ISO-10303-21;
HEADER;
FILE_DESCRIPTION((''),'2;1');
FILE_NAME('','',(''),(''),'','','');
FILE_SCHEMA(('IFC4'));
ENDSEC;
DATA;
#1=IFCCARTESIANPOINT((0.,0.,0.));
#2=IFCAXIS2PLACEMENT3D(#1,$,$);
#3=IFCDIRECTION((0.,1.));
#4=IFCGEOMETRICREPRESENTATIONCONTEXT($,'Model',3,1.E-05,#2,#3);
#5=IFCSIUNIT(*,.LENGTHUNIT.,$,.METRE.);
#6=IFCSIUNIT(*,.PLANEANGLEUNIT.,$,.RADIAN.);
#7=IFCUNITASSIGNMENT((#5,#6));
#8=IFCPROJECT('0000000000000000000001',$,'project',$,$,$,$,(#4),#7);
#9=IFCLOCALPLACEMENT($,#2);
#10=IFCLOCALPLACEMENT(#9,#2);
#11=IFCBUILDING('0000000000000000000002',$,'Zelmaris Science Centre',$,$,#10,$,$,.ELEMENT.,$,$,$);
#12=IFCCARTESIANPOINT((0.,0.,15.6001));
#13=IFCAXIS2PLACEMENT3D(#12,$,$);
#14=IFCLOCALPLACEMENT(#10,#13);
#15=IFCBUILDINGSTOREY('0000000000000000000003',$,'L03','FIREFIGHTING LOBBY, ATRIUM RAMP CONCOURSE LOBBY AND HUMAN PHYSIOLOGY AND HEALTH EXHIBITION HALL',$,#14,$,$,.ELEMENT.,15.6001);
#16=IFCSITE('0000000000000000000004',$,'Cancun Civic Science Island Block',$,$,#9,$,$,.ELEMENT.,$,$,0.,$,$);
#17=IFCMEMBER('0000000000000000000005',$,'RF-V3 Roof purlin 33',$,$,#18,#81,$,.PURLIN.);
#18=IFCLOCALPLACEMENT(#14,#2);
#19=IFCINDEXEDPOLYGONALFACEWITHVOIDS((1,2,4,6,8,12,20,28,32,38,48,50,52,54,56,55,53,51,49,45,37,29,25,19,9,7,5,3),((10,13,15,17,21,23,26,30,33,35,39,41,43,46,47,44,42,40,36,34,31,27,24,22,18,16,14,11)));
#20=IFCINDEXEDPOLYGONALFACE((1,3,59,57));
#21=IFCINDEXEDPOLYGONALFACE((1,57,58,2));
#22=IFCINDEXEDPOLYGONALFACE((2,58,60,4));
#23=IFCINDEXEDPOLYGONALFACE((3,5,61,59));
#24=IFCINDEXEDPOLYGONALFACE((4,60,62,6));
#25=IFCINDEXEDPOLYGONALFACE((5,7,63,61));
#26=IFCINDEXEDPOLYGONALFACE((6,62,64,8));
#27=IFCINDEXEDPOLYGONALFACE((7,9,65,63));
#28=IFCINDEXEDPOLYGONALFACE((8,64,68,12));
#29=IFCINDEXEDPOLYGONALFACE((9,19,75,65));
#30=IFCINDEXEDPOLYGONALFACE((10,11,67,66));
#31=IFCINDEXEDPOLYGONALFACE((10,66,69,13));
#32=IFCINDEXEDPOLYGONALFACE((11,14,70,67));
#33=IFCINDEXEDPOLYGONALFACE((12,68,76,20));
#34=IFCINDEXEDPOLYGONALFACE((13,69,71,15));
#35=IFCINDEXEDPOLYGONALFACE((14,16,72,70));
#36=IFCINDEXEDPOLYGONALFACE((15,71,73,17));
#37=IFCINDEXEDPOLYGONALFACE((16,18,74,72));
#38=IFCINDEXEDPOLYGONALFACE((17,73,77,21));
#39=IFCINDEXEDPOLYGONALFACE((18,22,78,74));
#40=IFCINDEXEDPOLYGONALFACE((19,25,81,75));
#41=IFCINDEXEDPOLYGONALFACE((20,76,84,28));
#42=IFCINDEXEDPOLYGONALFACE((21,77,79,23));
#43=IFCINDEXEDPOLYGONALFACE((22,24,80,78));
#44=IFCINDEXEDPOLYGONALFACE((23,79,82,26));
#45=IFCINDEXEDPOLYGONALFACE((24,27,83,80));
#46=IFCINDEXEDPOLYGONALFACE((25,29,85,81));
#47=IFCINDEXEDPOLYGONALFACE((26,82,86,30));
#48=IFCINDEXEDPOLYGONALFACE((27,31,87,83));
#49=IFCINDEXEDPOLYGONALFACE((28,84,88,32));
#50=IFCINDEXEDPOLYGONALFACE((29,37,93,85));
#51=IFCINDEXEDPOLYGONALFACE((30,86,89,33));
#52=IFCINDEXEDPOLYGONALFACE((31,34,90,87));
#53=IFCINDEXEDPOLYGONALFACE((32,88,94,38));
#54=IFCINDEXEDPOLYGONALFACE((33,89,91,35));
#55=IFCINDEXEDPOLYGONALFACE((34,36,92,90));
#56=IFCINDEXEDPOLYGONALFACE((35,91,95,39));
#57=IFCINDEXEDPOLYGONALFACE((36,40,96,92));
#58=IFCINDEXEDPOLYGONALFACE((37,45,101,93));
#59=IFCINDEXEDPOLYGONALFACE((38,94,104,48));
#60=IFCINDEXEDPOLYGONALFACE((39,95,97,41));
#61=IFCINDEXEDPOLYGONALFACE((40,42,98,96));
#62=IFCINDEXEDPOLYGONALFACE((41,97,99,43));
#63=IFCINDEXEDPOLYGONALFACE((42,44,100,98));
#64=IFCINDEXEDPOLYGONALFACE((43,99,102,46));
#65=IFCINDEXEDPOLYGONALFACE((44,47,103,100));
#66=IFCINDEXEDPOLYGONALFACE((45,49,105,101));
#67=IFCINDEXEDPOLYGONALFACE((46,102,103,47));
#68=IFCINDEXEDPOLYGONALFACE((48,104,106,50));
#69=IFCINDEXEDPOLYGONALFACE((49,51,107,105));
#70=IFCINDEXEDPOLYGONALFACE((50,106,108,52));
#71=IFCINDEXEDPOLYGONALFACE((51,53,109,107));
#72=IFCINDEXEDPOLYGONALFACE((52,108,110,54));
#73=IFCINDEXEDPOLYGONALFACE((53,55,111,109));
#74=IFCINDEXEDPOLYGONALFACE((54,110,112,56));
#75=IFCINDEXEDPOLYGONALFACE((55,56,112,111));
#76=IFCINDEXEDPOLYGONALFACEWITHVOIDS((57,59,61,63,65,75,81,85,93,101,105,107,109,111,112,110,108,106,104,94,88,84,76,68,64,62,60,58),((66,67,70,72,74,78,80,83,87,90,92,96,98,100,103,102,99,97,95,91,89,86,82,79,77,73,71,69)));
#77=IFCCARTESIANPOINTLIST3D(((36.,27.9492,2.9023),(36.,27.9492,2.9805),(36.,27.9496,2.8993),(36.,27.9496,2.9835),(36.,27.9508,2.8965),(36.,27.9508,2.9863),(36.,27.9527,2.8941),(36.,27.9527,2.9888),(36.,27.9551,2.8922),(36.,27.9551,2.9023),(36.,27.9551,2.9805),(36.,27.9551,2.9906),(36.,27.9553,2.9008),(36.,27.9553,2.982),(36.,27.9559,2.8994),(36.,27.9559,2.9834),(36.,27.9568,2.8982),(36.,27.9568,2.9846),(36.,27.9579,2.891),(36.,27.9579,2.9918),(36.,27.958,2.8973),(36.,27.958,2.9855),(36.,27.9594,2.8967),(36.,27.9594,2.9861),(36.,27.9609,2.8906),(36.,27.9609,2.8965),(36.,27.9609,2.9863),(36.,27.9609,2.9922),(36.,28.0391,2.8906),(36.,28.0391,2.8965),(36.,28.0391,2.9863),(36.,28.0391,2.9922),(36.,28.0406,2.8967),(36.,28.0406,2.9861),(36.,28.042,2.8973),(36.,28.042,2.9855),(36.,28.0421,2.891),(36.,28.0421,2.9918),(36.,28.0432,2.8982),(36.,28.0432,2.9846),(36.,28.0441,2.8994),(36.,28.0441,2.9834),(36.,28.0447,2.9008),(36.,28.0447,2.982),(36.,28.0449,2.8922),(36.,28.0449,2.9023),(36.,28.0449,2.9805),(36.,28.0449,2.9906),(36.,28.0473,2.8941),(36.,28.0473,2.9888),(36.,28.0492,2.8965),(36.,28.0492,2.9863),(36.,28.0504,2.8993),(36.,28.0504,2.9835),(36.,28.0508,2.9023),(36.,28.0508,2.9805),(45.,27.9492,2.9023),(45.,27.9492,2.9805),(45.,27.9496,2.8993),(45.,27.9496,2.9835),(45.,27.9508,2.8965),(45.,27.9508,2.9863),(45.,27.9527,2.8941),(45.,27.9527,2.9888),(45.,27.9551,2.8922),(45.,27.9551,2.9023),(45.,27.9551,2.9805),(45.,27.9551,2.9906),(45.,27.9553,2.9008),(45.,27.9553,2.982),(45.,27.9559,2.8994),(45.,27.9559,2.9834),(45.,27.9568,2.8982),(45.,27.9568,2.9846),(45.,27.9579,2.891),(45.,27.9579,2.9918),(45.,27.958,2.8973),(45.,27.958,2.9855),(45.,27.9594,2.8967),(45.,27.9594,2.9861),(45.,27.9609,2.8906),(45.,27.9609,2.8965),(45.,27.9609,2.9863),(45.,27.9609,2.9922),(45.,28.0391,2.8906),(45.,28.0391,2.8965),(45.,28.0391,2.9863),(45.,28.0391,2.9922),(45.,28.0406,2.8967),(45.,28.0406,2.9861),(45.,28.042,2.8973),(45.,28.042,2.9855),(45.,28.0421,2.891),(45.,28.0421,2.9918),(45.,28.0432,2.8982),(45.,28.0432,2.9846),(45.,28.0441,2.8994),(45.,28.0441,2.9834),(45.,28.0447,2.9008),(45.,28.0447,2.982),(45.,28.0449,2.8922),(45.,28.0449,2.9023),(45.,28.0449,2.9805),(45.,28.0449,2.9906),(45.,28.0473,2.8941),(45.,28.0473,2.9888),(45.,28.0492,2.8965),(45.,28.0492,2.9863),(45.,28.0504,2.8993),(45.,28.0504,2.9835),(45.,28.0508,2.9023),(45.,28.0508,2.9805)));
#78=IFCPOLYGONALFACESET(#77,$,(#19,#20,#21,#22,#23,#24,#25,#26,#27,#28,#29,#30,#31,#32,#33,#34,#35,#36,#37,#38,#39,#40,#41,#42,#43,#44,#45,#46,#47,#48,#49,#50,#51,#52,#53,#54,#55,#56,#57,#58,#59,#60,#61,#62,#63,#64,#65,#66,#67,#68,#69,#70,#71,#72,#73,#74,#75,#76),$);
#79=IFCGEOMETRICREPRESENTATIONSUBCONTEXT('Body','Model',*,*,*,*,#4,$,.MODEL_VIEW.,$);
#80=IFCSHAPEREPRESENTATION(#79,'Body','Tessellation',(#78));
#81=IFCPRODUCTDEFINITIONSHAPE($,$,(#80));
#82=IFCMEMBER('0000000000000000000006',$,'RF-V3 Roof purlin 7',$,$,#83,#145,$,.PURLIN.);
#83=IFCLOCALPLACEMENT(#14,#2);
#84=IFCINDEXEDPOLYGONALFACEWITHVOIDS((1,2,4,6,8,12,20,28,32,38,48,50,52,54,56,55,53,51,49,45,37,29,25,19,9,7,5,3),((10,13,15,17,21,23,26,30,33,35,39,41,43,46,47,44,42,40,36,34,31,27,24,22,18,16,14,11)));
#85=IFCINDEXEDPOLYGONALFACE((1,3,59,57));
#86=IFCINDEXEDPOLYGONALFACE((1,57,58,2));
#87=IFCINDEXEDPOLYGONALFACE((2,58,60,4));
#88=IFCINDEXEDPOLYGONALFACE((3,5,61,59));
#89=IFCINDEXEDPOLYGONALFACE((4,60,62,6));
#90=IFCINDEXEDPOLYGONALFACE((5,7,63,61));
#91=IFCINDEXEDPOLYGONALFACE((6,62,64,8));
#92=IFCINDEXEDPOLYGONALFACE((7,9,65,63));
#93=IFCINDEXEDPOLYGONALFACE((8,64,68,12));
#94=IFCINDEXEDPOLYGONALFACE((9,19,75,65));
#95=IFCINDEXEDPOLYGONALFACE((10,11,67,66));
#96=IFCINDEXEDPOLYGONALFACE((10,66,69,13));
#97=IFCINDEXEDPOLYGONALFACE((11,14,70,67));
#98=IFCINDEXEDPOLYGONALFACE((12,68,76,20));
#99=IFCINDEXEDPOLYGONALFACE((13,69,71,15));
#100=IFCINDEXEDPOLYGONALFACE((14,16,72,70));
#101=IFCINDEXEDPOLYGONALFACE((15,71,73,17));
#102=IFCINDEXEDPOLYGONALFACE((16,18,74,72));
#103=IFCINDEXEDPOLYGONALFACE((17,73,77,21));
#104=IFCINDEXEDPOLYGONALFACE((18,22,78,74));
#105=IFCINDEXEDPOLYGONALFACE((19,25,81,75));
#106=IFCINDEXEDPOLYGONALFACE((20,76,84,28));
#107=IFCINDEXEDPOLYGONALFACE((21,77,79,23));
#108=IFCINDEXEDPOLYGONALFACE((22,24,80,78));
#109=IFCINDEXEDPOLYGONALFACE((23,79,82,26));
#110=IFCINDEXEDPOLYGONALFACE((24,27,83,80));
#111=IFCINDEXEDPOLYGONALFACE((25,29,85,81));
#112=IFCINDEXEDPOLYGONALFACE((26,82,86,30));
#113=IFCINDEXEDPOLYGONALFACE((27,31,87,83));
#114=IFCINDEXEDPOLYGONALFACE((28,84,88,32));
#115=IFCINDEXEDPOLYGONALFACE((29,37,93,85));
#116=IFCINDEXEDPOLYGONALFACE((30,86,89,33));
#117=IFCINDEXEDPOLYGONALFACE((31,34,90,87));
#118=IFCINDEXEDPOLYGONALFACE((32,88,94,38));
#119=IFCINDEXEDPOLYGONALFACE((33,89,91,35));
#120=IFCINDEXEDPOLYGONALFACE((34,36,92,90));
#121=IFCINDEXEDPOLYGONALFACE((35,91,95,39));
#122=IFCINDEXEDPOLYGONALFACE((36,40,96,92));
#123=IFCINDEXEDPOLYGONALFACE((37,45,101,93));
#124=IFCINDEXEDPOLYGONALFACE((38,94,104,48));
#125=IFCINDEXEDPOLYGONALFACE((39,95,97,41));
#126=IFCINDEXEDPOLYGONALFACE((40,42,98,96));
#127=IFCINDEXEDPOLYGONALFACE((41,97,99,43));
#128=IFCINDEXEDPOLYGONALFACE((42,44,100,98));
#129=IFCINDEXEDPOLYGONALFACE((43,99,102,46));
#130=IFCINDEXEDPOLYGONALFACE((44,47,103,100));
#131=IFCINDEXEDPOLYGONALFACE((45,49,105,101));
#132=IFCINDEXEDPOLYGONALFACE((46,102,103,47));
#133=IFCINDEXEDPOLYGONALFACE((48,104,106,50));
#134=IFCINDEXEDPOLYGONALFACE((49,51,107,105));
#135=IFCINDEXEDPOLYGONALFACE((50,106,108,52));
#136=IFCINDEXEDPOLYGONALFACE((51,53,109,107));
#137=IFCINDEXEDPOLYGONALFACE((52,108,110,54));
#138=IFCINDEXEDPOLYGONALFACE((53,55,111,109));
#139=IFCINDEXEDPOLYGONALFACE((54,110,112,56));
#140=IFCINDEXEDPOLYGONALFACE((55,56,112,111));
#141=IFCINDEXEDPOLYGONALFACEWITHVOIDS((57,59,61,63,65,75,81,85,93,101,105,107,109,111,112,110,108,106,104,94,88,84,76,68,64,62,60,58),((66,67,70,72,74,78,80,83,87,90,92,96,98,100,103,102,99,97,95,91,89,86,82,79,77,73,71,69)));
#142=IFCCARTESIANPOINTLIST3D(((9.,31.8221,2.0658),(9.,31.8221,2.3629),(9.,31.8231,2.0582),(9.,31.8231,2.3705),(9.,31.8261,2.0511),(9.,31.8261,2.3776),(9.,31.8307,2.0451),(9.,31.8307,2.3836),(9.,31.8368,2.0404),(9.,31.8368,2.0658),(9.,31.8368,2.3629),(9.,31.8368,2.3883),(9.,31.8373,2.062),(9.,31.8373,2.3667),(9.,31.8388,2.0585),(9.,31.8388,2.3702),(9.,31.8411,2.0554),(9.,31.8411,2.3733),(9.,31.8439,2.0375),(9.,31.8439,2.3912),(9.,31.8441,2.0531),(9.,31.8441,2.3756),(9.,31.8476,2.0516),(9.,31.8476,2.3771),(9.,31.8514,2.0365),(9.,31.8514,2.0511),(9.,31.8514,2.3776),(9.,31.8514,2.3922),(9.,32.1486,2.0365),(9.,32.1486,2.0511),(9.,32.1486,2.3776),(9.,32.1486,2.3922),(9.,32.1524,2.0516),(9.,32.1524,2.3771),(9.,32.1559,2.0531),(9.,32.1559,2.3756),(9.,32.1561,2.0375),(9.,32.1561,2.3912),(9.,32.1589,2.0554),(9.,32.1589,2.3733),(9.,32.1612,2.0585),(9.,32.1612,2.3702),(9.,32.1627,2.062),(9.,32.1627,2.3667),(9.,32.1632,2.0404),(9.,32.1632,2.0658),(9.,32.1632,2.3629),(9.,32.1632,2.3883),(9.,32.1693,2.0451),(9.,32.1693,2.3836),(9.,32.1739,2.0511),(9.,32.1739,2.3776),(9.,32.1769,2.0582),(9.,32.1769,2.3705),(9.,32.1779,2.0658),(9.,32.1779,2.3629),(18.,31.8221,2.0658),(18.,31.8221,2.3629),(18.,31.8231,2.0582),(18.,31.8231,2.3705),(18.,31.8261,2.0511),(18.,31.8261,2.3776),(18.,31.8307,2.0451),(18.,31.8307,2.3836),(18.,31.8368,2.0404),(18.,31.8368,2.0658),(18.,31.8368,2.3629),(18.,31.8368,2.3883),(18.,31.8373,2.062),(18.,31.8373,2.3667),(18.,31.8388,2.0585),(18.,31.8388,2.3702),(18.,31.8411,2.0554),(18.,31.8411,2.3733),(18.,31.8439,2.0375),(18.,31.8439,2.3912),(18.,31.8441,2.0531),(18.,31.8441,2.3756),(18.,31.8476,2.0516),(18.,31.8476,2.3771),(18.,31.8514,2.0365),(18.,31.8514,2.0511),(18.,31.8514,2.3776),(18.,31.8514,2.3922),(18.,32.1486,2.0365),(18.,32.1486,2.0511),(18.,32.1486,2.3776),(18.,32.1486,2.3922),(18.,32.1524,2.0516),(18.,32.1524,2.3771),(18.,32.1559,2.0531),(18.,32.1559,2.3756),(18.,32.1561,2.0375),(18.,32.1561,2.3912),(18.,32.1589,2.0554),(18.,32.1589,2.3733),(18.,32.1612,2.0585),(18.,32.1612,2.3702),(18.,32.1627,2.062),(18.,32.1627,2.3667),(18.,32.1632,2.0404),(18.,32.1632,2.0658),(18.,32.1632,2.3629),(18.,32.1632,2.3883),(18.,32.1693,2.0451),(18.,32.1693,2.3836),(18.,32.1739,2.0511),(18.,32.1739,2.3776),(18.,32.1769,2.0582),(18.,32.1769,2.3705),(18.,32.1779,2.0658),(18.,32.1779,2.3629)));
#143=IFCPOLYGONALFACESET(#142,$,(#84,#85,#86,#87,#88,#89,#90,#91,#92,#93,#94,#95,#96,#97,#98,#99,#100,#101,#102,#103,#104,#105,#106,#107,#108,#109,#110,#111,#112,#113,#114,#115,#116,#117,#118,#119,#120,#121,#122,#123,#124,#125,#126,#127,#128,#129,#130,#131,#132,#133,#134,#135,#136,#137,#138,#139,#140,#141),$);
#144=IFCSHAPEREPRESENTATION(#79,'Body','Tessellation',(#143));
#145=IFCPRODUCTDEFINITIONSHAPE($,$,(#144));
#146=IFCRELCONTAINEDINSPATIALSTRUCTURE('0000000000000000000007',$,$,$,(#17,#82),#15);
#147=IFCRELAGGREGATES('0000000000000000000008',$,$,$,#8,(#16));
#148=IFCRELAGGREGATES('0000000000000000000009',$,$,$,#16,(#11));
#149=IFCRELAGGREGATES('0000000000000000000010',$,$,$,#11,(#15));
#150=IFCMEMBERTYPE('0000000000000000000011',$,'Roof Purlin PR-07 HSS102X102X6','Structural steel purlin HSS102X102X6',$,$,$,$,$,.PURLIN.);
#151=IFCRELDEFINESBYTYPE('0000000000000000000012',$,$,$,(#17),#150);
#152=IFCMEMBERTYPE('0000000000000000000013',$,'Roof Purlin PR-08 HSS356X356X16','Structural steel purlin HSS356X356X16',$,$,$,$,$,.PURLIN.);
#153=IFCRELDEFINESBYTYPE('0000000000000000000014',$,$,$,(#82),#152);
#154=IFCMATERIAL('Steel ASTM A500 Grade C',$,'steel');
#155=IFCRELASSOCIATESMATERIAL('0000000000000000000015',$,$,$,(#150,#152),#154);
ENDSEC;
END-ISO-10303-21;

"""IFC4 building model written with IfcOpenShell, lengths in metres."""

from ifc_helpers import new_model, si_unit, direction, frame, origin, origin_2d, place, context, subcontext, project, spatial, hollow_rectangle, extrude, material, material_profile, profile_set, type_object, element, save


model = new_model("IFC4")

# Units and contexts
model_context = context("Model", 3, precision=1e-05, world=origin(), true_north=direction((0.0, 1.0)))
body_context = subcontext(model_context, "Body", "Model", "MODEL_VIEW")
ifc_project = project(units=[si_unit("LENGTHUNIT", "METRE"), si_unit("PLANEANGLEUNIT", "RADIAN")], contexts=[model_context])

# Site, building, storey
site_placement = place(None, origin())
site = spatial("IfcSite", under=ifc_project, at=site_placement, Name="Cancun Civic Science Island Block", CompositionType="ELEMENT", RefElevation=0.0)
building_placement = place(site_placement, origin())
building = spatial("IfcBuilding", under=site, at=building_placement, Name="Zelmaris Science Centre", CompositionType="ELEMENT")
storey_placement = place(building_placement, frame((0.0, 0.0, 15.6001)))
storey = spatial("IfcBuildingStorey", under=building, at=storey_placement, Name="L03", Description="FIREFIGHTING LOBBY, ATRIUM RAMP CONCOURSE LOBBY AND HUMAN PHYSIOLOGY AND HEALTH EXHIBITION HALL", CompositionType="ELEMENT", Elevation=15.6001)

# Shared definitions
ifc_material_1 = material(Name="Steel ASTM A500 Grade C", Category="steel")

# Members
ifc_material_profile_1 = material_profile(ifc_material_1, hollow_rectangle(XDim=0.1016, YDim=0.1016, WallThickness=0.0059, InnerFilletRadius=0.0059, OuterFilletRadius=0.0117, at=origin_2d()), Name="HSS102X102X6")
ifc_profile_set_1 = profile_set([ifc_material_profile_1], Name="Steel ASTM A500 Grade C")
member_type_1 = type_object("IfcMemberType", Name="Roof Purlin PR-07 HSS102X102X6", Description="Structural steel purlin HSS102X102X6", PredefinedType="PURLIN", material=ifc_profile_set_1)
for number, where, z_axis, x_axis, name in (
    (1, (36.0, 28.0, 2.9414), (1.0, 0.0, 0.0), (0.0, 1.0, 0.0), "RF-V3 Roof purlin 33"),
):
    element("IfcMember", number, at=place(storey_placement, frame(where, z_axis=z_axis, x_axis=x_axis)), inside=storey, type_object=member_type_1, Name=name, PredefinedType="PURLIN", context=body_context, shape_type="SweptSolid", body=[
        extrude(hollow_rectangle(XDim=0.1016, YDim=0.1016, WallThickness=0.0059, InnerFilletRadius=0.0059, OuterFilletRadius=0.0117, at=origin_2d()), origin(), (0.0, 0.0, 1.0), 9.0),
    ])
ifc_material_profile_2 = material_profile(ifc_material_1, hollow_rectangle(XDim=0.3557, YDim=0.3557, WallThickness=0.0146, InnerFilletRadius=0.0146, OuterFilletRadius=0.0293, at=origin_2d()), Name="HSS356X356X16")
ifc_profile_set_2 = profile_set([ifc_material_profile_2], Name="Steel ASTM A500 Grade C")
member_type_2 = type_object("IfcMemberType", Name="Roof Purlin PR-08 HSS356X356X16", Description="Structural steel purlin HSS356X356X16", PredefinedType="PURLIN", material=ifc_profile_set_2)
for number, where, z_axis, x_axis, name in (
    (2, (9.0, 32.0, 2.2144), (1.0, 0.0, 0.0), (0.0, 1.0, 0.0), "RF-V3 Roof purlin 7"),
):
    element("IfcMember", number, at=place(storey_placement, frame(where, z_axis=z_axis, x_axis=x_axis)), inside=storey, type_object=member_type_2, Name=name, PredefinedType="PURLIN", context=body_context, shape_type="SweptSolid", body=[
        extrude(hollow_rectangle(XDim=0.3557, YDim=0.3557, WallThickness=0.0146, InnerFilletRadius=0.0146, OuterFilletRadius=0.0293, at=origin_2d()), origin(), (0.0, 0.0, 1.0), 9.0),
    ])

save(model, "model.ifc")
